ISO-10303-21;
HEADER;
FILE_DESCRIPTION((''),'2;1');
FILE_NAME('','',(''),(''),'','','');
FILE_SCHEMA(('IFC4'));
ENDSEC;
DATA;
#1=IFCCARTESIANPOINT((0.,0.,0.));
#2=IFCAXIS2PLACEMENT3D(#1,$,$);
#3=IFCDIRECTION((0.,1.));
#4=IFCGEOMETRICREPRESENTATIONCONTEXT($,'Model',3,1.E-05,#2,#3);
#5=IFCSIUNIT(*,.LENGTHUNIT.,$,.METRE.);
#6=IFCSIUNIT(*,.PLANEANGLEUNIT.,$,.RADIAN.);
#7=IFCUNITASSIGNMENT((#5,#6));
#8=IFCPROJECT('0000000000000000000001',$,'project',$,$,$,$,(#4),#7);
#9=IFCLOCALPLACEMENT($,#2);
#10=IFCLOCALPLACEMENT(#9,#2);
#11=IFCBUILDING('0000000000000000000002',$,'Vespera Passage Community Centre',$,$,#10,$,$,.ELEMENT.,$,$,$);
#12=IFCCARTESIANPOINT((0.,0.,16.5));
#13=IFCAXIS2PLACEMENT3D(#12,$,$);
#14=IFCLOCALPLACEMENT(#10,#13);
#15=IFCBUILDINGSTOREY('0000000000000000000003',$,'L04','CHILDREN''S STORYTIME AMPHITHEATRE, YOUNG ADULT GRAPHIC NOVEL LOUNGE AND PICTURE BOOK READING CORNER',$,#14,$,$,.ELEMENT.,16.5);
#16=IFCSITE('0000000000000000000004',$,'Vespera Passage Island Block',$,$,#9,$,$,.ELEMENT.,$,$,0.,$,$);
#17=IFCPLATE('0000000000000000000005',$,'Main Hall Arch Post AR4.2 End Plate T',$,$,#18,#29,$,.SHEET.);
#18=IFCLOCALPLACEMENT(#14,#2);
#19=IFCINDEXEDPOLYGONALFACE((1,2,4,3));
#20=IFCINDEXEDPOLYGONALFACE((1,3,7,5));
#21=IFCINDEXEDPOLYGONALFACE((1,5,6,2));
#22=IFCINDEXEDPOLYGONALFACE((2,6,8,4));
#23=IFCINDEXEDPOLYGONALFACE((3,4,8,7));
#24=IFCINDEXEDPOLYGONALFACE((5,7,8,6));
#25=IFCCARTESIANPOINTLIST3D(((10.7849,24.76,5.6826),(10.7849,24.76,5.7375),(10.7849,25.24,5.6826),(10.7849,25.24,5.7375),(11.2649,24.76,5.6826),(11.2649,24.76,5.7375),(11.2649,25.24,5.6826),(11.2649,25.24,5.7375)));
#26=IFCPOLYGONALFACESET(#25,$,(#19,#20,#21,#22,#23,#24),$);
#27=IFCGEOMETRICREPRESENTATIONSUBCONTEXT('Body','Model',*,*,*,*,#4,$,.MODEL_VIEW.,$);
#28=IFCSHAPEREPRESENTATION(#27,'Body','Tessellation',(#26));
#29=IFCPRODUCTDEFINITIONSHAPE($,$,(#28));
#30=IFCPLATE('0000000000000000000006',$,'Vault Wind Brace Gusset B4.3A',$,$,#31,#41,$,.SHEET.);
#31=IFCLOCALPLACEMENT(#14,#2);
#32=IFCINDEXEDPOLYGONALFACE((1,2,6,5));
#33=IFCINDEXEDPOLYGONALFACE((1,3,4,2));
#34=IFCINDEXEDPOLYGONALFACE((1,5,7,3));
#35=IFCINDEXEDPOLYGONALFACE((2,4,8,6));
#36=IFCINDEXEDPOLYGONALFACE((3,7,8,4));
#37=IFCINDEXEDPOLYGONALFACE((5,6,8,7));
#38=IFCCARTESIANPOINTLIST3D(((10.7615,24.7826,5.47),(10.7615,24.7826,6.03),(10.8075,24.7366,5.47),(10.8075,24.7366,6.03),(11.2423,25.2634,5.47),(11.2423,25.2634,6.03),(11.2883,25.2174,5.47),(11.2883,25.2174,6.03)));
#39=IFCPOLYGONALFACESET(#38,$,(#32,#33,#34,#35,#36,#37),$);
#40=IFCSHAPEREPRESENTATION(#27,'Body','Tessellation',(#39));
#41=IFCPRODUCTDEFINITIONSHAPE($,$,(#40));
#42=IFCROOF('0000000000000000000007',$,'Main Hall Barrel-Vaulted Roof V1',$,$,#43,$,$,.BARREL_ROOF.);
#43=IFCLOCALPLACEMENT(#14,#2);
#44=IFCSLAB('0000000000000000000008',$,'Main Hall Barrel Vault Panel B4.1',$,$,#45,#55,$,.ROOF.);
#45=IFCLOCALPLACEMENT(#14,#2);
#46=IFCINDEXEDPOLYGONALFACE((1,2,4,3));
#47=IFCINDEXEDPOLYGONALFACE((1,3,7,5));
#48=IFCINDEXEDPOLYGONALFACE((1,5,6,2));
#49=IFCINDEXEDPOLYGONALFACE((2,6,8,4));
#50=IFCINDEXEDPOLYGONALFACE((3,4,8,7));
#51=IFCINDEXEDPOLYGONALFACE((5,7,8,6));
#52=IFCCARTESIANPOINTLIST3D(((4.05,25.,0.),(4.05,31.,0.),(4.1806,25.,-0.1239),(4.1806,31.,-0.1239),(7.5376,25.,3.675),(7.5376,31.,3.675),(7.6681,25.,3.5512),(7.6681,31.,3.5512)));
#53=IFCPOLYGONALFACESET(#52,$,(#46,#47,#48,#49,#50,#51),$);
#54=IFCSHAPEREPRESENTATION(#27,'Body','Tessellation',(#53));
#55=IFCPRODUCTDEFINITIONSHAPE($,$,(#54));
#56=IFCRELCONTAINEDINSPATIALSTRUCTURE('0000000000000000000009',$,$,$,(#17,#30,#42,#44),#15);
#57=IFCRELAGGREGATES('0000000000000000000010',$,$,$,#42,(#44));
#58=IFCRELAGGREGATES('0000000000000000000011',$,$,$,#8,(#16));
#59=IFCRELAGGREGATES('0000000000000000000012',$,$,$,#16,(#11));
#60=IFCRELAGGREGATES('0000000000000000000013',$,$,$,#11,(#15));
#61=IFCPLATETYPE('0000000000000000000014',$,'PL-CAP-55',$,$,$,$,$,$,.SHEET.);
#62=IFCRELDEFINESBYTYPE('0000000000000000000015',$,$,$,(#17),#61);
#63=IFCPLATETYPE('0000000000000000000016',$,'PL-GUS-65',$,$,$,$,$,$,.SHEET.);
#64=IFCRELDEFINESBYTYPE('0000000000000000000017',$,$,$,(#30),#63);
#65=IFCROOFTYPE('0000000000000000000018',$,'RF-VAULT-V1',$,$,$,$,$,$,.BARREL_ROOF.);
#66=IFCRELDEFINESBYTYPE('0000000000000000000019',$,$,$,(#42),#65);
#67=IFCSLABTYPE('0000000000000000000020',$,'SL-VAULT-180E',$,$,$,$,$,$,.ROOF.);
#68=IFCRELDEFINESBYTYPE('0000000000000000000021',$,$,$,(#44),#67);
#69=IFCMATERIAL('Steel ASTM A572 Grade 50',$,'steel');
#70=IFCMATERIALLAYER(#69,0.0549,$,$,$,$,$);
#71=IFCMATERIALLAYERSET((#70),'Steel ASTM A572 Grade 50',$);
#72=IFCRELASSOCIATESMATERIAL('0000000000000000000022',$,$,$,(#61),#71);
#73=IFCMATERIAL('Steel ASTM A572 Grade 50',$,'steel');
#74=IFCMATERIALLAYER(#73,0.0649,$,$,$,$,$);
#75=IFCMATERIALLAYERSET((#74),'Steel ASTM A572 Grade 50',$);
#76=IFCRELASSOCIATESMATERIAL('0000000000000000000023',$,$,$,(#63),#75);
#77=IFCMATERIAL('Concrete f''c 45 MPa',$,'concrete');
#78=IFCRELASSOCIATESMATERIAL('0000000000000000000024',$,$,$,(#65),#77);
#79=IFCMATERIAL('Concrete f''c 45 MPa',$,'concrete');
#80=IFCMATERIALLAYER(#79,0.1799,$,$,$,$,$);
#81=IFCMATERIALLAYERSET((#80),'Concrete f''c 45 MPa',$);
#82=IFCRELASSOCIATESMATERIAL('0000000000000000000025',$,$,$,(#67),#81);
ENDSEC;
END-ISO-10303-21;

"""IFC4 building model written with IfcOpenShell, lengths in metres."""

from ifc_helpers import new_model, si_unit, direction, frame, origin, origin_2d, place, context, subcontext, project, spatial, polyline, rectangle, outline, extrude, material, layer, layer_set, type_object, element, aggregate, save


model = new_model("IFC4")

# Units and contexts
model_context = context("Model", 3, precision=1e-05, world=origin(), true_north=direction((0.0, 1.0)))
body_context = subcontext(model_context, "Body", "Model", "MODEL_VIEW")
ifc_project = project(units=[si_unit("LENGTHUNIT", "METRE"), si_unit("PLANEANGLEUNIT", "RADIAN")], contexts=[model_context])

# Site, building, storey
site_placement = place(None, origin())
site = spatial("IfcSite", under=ifc_project, at=site_placement, Name="Vespera Passage Island Block", CompositionType="ELEMENT", RefElevation=0.0)
building_placement = place(site_placement, origin())
building = spatial("IfcBuilding", under=site, at=building_placement, Name="Vespera Passage Community Centre", CompositionType="ELEMENT")
storey_placement = place(building_placement, frame((0.0, 0.0, 16.5)))
storey = spatial("IfcBuildingStorey", under=building, at=storey_placement, Name="L04", Description="CHILDREN'S STORYTIME AMPHITHEATRE, YOUNG ADULT GRAPHIC NOVEL LOUNGE AND PICTURE BOOK READING CORNER", CompositionType="ELEMENT", Elevation=16.5)

# Plates
ifc_material_1 = material(Name="Steel ASTM A572 Grade 50", Category="steel")
ifc_layer_1 = layer(ifc_material_1, 0.0549)
ifc_layer_set_1 = layer_set([ifc_layer_1], Name="Steel ASTM A572 Grade 50")
plate_type_1 = type_object("IfcPlateType", Name="PL-CAP-55", PredefinedType="SHEET", material=ifc_layer_set_1)
for number, where, z_axis, x_axis, name in (
    (1, (11.0249, 25.0, 5.6826), (0.0, 0.0, 1.0), (1.0, 0.0, 0.0), "Main Hall Arch Post AR4.2 End Plate T"),
):
    element("IfcPlate", number, at=place(storey_placement, frame(where, z_axis=z_axis, x_axis=x_axis)), inside=storey, type_object=plate_type_1, Name=name, PredefinedType="SHEET", context=body_context, shape_type="SweptSolid", body=[
        extrude(rectangle(XDim=0.48, YDim=0.48, at=origin_2d()), origin(), (0.0, 0.0, 1.0), 0.0549),
    ])
ifc_material_2 = material(Name="Steel ASTM A572 Grade 50", Category="steel")
ifc_layer_2 = layer(ifc_material_2, 0.0649)
ifc_layer_set_2 = layer_set([ifc_layer_2], Name="Steel ASTM A572 Grade 50")
plate_type_2 = type_object("IfcPlateType", Name="PL-GUS-65", PredefinedType="SHEET", material=ifc_layer_set_2)
plate_placement = place(storey_placement, frame((11.0249, 25.0, 5.47), z_axis=(0.0, 0.0, 1.0), x_axis=(0.707107, 0.707107, 0.0)))
element("IfcPlate", 2, at=plate_placement, inside=storey, type_object=plate_type_2, Name="Vault Wind Brace Gusset B4.3A", PredefinedType="SHEET", context=body_context, shape_type="SweptSolid", body=[
    extrude(rectangle(XDim=0.6799, YDim=0.0649, at=origin_2d()), origin(), (0.0, 0.0, 1.0), 0.5601),
])

# Roof, slab
ifc_material_3 = material(Name="Concrete f'c 45 MPa", Category="concrete")
roof_type = type_object("IfcRoofType", Name="RF-VAULT-V1", PredefinedType="BARREL_ROOF", material=ifc_material_3)
roof_placement = place(storey_placement, origin())
roof = element("IfcRoof", 3, at=roof_placement, inside=storey, type_object=roof_type, Name="Main Hall Barrel-Vaulted Roof V1", PredefinedType="BARREL_ROOF")
ifc_material_4 = material(Name="Concrete f'c 45 MPa", Category="concrete")
ifc_layer_3 = layer(ifc_material_4, 0.1799)
ifc_layer_set_3 = layer_set([ifc_layer_3], Name="Concrete f'c 45 MPa")
slab_type = type_object("IfcSlabType", Name="SL-VAULT-180E", PredefinedType="ROOF", material=ifc_layer_set_3)
slab_placement = place(storey_placement, frame((4.05, 25.0, 0.0), z_axis=(-0.725369, 0.0, 0.688361), x_axis=(0.688361, 0.0, 0.725369)))
slab = element("IfcSlab", 4, at=slab_placement, inside=storey, type_object=slab_type, Name="Main Hall Barrel Vault Panel B4.1", PredefinedType="ROOF", context=body_context, shape_type="SweptSolid", body=[
    extrude(outline(polyline([(0.0, 0.0), (5.0665, 0.0), (5.0665, 6.0), (0.0, 6.0), (0.0, 0.0)])), origin(), (0.0, 0.0, -1.0), 0.1799),
])
aggregate(roof, [slab])

save(model, "model.ifc")
